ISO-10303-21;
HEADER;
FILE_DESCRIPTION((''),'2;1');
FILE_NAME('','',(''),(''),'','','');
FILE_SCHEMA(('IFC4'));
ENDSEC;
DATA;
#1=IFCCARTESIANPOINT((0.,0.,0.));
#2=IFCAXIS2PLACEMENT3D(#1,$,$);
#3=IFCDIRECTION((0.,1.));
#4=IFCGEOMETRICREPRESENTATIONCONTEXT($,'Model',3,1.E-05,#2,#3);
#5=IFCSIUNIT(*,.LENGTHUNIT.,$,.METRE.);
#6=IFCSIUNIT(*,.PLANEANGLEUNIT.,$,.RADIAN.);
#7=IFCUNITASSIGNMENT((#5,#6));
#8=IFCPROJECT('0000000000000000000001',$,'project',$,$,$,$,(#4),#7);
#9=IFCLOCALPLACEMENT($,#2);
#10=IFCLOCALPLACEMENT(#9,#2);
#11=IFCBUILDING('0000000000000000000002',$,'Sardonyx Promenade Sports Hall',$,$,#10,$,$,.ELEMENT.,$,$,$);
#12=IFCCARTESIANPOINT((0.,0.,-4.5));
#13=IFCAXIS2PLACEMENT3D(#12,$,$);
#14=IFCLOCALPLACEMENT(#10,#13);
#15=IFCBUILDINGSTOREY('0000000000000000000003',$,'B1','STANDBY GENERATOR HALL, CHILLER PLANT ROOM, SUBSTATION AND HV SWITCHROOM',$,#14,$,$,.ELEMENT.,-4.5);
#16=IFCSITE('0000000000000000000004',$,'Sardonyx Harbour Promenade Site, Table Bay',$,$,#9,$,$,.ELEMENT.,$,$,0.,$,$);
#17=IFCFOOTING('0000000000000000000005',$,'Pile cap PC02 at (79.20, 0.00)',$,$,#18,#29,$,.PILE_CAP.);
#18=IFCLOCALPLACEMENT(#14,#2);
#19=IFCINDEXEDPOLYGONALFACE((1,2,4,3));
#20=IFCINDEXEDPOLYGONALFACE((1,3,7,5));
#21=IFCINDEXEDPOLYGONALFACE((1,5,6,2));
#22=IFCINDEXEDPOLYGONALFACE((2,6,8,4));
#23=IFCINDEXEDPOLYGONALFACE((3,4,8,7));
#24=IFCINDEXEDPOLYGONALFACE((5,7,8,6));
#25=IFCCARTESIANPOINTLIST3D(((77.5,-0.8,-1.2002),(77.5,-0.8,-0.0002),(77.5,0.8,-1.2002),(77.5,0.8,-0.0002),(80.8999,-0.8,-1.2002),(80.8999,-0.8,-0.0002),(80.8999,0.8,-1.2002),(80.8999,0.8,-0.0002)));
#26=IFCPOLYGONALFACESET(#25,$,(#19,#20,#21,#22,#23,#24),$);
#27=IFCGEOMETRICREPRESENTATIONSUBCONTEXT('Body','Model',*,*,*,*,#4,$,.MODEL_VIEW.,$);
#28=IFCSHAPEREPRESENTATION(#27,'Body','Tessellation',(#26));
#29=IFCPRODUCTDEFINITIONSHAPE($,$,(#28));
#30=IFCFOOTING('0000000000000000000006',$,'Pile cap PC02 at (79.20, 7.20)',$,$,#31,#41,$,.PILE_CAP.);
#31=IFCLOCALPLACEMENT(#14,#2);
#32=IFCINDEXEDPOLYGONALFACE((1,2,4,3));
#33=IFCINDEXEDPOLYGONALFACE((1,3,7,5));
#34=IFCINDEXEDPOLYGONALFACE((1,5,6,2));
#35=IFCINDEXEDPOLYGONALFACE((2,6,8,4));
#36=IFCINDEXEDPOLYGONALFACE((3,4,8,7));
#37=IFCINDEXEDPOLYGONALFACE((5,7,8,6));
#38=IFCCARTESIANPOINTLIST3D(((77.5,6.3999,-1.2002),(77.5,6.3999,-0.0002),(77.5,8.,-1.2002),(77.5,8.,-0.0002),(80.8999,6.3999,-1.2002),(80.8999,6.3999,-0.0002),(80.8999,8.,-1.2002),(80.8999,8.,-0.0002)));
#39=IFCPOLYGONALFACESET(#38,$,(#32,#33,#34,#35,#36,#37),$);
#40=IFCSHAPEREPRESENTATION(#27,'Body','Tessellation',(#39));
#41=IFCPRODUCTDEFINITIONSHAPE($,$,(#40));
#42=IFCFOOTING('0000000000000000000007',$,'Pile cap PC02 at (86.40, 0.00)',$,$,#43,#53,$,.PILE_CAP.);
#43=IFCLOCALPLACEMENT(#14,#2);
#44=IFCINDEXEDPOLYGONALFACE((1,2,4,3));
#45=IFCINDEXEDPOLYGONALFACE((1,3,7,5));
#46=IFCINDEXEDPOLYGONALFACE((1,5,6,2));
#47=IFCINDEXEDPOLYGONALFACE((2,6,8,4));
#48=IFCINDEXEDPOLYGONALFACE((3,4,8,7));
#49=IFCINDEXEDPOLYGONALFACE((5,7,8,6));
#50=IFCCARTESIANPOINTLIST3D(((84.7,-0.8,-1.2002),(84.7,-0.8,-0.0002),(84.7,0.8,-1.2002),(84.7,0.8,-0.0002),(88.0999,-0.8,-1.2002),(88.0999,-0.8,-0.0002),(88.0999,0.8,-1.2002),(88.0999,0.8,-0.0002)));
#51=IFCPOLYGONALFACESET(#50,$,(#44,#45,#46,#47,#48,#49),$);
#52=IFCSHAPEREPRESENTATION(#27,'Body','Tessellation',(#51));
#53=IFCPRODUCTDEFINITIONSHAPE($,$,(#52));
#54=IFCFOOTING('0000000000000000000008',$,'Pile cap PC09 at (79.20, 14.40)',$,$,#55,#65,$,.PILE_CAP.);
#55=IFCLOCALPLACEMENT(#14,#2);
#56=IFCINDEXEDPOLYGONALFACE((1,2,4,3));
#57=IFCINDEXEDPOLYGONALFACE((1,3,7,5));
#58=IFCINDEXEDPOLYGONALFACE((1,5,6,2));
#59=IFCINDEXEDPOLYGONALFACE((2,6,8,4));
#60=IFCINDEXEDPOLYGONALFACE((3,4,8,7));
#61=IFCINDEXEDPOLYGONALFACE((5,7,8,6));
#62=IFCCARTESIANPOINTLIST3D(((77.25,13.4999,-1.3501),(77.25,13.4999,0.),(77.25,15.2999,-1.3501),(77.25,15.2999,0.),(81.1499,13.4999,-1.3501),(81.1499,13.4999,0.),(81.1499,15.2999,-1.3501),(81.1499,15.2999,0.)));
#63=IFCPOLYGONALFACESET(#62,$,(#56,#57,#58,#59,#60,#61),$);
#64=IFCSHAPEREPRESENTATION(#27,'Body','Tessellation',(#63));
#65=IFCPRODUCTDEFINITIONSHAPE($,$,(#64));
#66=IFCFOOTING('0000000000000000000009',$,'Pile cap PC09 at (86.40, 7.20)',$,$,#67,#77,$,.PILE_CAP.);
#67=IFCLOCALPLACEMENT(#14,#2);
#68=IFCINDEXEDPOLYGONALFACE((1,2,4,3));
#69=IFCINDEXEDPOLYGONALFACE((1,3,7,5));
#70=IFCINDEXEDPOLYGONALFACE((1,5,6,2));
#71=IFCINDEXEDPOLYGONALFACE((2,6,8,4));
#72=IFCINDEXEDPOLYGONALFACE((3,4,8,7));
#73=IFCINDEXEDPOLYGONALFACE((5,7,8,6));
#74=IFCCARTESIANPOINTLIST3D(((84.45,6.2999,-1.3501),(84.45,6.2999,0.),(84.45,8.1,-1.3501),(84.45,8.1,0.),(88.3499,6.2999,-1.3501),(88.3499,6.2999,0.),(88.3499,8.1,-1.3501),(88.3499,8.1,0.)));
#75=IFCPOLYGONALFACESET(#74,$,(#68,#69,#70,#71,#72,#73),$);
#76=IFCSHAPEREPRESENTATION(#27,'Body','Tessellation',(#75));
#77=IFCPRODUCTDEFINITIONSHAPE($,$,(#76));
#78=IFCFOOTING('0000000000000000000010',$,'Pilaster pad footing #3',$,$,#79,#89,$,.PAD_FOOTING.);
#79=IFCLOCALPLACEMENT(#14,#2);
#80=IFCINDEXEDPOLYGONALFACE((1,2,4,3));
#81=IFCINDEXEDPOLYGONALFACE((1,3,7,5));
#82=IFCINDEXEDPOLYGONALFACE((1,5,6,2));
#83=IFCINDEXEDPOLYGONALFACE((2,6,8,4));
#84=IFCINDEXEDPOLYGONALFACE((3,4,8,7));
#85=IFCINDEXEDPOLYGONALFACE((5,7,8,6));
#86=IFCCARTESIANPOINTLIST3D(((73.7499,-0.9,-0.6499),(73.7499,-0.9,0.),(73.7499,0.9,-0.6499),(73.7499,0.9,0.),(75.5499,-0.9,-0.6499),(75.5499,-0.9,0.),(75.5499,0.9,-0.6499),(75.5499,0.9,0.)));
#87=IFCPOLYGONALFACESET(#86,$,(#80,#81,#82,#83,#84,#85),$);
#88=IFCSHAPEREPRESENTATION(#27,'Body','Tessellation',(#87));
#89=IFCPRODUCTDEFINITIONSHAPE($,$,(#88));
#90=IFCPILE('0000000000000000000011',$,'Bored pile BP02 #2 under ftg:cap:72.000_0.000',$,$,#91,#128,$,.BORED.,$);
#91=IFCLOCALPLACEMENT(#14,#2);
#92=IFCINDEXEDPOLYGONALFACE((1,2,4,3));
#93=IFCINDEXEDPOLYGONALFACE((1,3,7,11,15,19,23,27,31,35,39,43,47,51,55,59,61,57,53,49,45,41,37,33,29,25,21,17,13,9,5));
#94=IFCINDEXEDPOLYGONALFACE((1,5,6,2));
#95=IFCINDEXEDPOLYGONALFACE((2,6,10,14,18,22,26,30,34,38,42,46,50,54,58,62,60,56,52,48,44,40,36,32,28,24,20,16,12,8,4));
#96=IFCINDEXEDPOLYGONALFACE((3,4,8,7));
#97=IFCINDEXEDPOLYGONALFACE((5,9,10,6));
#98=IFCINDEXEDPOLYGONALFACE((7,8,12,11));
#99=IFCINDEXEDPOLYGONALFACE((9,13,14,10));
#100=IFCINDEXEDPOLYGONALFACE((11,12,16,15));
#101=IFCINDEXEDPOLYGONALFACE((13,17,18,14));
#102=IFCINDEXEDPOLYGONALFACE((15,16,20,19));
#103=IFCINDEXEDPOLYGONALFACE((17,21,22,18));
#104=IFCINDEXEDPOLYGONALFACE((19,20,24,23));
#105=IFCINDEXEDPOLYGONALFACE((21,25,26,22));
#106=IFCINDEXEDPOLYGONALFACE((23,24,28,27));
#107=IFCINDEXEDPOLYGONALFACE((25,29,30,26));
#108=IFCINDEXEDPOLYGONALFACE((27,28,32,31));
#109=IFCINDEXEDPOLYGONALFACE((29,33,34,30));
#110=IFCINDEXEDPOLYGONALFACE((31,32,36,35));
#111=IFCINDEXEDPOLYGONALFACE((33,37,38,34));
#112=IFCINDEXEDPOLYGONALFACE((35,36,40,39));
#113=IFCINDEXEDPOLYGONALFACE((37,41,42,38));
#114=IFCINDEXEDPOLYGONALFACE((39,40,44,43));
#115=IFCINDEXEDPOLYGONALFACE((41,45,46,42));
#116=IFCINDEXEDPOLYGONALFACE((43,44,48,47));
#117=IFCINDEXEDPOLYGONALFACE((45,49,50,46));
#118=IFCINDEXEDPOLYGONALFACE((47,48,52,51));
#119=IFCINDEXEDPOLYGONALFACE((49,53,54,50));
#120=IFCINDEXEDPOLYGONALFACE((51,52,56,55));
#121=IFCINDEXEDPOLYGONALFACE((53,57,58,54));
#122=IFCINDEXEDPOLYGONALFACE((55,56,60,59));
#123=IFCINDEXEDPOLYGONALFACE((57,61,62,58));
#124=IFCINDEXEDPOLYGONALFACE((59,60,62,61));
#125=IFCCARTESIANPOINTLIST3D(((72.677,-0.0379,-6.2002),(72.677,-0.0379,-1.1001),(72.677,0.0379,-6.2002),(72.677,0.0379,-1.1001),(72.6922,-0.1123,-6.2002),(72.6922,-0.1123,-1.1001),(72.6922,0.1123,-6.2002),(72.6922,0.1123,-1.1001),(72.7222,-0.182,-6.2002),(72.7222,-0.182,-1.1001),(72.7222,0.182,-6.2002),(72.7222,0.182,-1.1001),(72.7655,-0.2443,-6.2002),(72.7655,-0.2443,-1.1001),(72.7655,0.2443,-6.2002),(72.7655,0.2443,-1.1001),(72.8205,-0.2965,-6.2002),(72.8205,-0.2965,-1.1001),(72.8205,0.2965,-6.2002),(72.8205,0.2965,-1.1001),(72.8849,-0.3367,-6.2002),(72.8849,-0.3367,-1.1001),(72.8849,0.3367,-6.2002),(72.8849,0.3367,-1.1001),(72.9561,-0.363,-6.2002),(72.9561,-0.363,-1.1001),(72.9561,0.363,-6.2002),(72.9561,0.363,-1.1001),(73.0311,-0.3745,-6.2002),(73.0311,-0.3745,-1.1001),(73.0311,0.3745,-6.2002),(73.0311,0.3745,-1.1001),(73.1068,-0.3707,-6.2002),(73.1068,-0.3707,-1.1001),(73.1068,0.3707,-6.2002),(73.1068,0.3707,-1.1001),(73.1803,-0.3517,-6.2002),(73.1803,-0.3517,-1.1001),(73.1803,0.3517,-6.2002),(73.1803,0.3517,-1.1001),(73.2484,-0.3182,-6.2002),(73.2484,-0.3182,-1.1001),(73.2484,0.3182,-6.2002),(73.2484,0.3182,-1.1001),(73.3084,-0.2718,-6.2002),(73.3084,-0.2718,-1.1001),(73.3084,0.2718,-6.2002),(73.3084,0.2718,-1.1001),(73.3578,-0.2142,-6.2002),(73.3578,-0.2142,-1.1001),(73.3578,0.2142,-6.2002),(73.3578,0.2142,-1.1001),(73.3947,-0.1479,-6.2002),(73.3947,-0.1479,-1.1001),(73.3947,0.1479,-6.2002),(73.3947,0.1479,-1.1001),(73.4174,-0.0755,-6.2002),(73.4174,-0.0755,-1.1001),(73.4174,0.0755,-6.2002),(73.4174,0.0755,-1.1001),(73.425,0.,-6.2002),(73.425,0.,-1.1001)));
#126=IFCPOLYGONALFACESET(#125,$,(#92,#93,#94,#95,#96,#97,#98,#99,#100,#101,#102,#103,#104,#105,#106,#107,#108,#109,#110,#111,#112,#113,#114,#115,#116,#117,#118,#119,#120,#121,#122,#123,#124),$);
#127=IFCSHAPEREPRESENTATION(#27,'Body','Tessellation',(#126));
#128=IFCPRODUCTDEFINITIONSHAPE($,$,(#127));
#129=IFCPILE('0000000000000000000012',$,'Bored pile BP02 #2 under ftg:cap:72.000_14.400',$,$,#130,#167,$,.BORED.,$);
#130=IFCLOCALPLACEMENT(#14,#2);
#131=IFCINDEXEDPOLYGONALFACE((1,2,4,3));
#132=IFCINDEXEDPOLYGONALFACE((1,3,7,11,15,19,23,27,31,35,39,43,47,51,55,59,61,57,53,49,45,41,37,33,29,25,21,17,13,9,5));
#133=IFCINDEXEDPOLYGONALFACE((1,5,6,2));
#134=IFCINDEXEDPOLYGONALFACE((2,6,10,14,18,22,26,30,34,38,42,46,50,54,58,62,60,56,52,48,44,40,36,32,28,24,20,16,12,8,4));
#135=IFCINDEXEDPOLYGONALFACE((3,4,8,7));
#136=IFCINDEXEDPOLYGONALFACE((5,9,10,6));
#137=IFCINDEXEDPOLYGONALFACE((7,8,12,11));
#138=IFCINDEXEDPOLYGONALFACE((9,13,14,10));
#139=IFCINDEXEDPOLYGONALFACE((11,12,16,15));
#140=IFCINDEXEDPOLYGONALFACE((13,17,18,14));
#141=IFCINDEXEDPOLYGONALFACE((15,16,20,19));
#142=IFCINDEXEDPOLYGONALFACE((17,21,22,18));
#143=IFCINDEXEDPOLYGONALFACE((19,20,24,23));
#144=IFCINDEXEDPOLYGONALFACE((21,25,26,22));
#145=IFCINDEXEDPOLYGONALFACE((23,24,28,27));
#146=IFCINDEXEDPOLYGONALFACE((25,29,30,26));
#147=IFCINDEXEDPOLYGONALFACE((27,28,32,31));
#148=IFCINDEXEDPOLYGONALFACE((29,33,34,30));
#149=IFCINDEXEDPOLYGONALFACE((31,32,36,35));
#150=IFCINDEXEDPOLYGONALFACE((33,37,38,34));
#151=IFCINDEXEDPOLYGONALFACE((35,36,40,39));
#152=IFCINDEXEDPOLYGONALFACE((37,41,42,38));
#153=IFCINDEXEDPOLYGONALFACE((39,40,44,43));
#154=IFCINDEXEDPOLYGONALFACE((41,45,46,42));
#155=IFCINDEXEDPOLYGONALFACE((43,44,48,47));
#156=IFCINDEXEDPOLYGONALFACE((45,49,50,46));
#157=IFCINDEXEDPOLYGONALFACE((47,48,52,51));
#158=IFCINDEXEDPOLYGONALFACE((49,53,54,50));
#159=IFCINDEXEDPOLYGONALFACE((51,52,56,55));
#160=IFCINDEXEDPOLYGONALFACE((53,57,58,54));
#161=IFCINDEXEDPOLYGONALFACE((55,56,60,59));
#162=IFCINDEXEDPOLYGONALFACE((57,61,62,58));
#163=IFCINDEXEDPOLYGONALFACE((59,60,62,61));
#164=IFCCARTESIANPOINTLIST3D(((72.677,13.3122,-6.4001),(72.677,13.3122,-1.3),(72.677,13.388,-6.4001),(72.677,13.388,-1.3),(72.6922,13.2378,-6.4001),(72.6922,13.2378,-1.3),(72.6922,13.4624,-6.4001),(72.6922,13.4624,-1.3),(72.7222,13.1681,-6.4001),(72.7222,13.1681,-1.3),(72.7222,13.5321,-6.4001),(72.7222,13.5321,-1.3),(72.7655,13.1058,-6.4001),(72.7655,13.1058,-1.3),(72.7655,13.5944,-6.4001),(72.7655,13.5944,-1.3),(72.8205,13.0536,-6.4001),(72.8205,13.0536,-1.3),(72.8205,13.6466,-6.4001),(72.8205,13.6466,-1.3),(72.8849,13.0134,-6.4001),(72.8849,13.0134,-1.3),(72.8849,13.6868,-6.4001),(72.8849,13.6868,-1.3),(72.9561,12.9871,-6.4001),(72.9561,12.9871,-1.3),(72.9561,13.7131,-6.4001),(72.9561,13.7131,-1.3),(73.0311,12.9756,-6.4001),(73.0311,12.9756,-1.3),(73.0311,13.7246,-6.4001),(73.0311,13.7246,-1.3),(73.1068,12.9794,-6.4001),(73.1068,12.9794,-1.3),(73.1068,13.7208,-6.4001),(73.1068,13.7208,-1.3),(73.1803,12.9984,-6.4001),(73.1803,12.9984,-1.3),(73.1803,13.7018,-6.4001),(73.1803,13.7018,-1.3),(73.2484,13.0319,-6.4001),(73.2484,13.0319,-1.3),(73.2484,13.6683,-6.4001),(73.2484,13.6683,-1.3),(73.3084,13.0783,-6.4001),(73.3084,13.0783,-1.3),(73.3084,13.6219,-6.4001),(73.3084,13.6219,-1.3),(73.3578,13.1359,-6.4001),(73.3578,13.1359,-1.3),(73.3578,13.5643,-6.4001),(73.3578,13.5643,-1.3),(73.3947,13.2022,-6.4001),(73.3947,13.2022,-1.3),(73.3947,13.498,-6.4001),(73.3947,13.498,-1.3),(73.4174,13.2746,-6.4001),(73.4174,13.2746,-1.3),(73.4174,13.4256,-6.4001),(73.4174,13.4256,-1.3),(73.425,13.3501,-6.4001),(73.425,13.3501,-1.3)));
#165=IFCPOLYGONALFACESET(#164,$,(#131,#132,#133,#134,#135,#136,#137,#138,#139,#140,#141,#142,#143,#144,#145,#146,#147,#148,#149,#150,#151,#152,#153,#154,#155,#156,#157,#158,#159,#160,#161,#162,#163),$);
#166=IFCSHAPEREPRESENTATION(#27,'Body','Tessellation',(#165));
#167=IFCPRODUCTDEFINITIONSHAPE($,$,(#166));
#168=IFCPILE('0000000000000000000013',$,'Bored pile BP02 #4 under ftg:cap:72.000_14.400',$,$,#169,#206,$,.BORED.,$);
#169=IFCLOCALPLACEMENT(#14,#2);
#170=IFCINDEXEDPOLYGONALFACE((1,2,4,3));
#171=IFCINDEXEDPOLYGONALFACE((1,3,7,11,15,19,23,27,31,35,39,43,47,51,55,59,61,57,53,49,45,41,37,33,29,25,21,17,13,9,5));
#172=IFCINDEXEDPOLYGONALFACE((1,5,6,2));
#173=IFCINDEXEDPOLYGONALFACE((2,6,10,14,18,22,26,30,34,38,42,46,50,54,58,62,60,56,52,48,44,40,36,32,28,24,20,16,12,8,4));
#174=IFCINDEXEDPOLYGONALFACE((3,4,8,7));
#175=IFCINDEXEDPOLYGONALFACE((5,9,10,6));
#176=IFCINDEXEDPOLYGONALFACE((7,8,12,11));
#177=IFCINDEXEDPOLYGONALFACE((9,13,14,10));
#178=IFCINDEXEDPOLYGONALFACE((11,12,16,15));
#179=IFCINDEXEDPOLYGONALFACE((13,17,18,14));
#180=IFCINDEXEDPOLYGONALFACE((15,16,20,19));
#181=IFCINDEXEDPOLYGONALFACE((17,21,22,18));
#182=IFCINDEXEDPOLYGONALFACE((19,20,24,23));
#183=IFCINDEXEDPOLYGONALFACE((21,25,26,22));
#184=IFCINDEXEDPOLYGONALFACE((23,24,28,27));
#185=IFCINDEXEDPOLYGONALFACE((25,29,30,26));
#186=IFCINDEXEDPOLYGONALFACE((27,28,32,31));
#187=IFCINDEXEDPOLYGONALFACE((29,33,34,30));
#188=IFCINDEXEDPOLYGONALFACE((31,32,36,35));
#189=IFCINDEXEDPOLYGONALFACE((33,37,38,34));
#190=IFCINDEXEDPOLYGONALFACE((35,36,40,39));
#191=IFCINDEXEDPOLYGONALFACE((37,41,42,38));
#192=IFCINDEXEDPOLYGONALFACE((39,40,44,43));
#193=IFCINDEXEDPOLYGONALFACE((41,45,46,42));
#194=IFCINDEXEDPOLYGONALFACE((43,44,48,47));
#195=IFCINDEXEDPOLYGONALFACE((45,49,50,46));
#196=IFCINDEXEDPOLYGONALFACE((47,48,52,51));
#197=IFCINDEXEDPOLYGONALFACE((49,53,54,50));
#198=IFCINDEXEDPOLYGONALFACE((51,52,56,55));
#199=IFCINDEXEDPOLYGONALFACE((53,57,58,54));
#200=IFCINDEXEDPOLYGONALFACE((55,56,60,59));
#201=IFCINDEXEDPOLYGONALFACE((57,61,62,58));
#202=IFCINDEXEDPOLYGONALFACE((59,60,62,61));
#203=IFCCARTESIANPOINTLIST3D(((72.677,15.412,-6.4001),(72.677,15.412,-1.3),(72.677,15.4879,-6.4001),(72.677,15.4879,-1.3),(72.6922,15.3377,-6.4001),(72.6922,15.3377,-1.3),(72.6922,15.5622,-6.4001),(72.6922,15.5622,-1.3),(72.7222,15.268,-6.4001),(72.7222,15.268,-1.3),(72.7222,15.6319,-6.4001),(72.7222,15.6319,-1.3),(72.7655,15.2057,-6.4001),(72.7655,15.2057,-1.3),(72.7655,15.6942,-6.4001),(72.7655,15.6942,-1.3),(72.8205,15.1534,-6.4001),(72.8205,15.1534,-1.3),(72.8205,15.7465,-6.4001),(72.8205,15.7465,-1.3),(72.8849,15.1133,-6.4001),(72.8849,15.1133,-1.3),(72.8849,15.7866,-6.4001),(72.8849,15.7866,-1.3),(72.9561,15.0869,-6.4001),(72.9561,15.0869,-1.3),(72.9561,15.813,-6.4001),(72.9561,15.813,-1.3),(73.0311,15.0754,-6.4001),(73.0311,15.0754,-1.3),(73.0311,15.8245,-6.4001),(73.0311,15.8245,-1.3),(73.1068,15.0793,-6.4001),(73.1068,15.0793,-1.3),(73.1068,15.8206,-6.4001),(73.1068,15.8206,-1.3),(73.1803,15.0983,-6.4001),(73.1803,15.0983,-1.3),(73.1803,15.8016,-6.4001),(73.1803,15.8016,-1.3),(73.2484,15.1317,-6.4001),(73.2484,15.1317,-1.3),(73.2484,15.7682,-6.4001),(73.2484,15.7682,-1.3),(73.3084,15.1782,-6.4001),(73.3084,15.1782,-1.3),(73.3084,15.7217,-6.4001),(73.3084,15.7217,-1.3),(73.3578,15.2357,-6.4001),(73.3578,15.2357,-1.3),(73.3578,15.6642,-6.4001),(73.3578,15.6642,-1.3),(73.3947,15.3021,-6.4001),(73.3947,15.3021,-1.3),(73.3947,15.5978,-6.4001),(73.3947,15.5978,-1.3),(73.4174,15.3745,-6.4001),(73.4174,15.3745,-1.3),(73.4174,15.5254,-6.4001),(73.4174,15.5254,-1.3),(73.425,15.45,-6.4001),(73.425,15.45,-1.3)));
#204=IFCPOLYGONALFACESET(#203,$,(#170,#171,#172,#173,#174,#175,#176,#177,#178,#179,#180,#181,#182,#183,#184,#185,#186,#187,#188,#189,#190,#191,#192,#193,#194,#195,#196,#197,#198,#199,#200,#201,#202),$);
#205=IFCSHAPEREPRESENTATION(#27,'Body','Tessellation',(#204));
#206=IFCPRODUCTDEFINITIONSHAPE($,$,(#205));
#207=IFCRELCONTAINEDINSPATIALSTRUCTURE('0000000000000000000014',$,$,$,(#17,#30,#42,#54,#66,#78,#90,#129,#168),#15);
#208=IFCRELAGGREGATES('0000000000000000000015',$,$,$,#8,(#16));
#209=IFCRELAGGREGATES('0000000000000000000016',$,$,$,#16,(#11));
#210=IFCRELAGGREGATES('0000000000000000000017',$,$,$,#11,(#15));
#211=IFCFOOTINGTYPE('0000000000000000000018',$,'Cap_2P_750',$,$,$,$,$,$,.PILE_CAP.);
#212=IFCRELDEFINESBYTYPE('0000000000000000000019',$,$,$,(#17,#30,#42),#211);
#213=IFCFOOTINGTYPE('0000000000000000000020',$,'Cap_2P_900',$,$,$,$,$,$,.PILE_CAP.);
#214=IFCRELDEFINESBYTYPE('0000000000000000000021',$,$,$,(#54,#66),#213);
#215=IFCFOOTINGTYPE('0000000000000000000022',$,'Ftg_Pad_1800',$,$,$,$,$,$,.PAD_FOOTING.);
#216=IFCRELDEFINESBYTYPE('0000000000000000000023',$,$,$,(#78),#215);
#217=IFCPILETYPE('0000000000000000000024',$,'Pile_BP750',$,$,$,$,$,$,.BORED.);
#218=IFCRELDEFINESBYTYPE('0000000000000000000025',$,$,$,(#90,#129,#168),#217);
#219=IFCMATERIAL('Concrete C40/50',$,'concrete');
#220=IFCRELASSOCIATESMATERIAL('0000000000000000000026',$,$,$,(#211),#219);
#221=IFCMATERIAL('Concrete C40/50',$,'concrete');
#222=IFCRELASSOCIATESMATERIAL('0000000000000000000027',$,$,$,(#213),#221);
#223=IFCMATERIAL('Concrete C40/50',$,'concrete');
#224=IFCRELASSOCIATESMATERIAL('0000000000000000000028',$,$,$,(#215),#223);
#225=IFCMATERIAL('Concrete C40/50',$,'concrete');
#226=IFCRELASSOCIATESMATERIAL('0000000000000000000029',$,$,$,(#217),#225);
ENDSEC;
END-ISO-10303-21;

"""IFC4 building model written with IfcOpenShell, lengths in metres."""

from ifc_helpers import new_model, si_unit, direction, frame, origin, origin_2d, place, context, subcontext, project, spatial, rectangle, circle, extrude, material, material_profile, profile_set, type_object, element, save


model = new_model("IFC4")

# Units and contexts
model_context = context("Model", 3, precision=1e-05, world=origin(), true_north=direction((0.0, 1.0)))
body_context = subcontext(model_context, "Body", "Model", "MODEL_VIEW")
ifc_project = project(units=[si_unit("LENGTHUNIT", "METRE"), si_unit("PLANEANGLEUNIT", "RADIAN")], contexts=[model_context])

# Site, building, storey
site_placement = place(None, origin())
site = spatial("IfcSite", under=ifc_project, at=site_placement, Name="Sardonyx Harbour Promenade Site, Table Bay", CompositionType="ELEMENT", RefElevation=0.0)
building_placement = place(site_placement, origin())
building = spatial("IfcBuilding", under=site, at=building_placement, Name="Sardonyx Promenade Sports Hall", CompositionType="ELEMENT")
storey_placement = place(building_placement, frame((0.0, 0.0, -4.5)))
storey = spatial("IfcBuildingStorey", under=building, at=storey_placement, Name="B1", Description="STANDBY GENERATOR HALL, CHILLER PLANT ROOM, SUBSTATION AND HV SWITCHROOM", CompositionType="ELEMENT", Elevation=-4.5)

# Footings
ifc_material_1 = material(Name="Concrete C40/50", Category="concrete")
footing_type_1 = type_object("IfcFootingType", Name="Cap_2P_750", PredefinedType="PILE_CAP", material=ifc_material_1)
for number, where, z_axis, x_axis, name in (
    (1, (79.2, 0.0, -1.2002), (0.0, 0.0, 1.0), (1.0, 0.0, 0.0), "Pile cap PC02 at (79.20, 0.00)"),
    (2, (79.2, 7.2, -1.2002), (0.0, 0.0, 1.0), (1.0, 0.0, 0.0), "Pile cap PC02 at (79.20, 7.20)"),
    (3, (86.3999, 0.0, -1.2002), (0.0, 0.0, 1.0), (1.0, 0.0, 0.0), "Pile cap PC02 at (86.40, 0.00)"),
):
    element("IfcFooting", number, at=place(storey_placement, frame(where, z_axis=z_axis, x_axis=x_axis)), inside=storey, type_object=footing_type_1, Name=name, PredefinedType="PILE_CAP", context=body_context, shape_type="SweptSolid", body=[
        extrude(rectangle(XDim=3.3999, YDim=1.6001, at=origin_2d()), origin(), (0.0, 0.0, 1.0), 1.2),
    ])
ifc_material_2 = material(Name="Concrete C40/50", Category="concrete")
footing_type_2 = type_object("IfcFootingType", Name="Cap_2P_900", PredefinedType="PILE_CAP", material=ifc_material_2)
for number, where, z_axis, x_axis, name in (
    (4, (79.2, 14.3999, -1.3501), (0.0, 0.0, 1.0), (1.0, 0.0, 0.0), "Pile cap PC09 at (79.20, 14.40)"),
    (5, (86.3999, 7.2, -1.3501), (0.0, 0.0, 1.0), (1.0, 0.0, 0.0), "Pile cap PC09 at (86.40, 7.20)"),
):
    element("IfcFooting", number, at=place(storey_placement, frame(where, z_axis=z_axis, x_axis=x_axis)), inside=storey, type_object=footing_type_2, Name=name, PredefinedType="PILE_CAP", context=body_context, shape_type="SweptSolid", body=[
        extrude(rectangle(XDim=3.8999, YDim=1.8, at=origin_2d()), origin(), (0.0, 0.0, 1.0), 1.3501),
    ])
ifc_material_3 = material(Name="Concrete C40/50", Category="concrete")
footing_type_3 = type_object("IfcFootingType", Name="Ftg_Pad_1800", PredefinedType="PAD_FOOTING", material=ifc_material_3)
footing_placement = place(storey_placement, frame((74.6499, 0.0, -0.6499), z_axis=(0.0, 0.0, 1.0), x_axis=(1.0, 0.0, 0.0)))
element("IfcFooting", 6, at=footing_placement, inside=storey, type_object=footing_type_3, Name="Pilaster pad footing #3", PredefinedType="PAD_FOOTING", context=body_context, shape_type="SweptSolid", body=[
    extrude(rectangle(XDim=1.8, YDim=1.8, at=origin_2d()), origin(), (0.0, 0.0, 1.0), 0.6499),
])

# Piles
ifc_material_4 = material(Name="Concrete C40/50", Category="concrete")
ifc_material_profile_1 = material_profile(ifc_material_4, circle(Radius=0.375, at=origin_2d()))
ifc_profile_set_1 = profile_set([ifc_material_profile_1], Name="Concrete C40/50")
pile_type_1 = type_object("IfcPileType", Name="Pile_BP750", PredefinedType="BORED", material=ifc_profile_set_1)
for number, where, z_axis, x_axis, name in (
    (7, (73.05, 0.0, -1.1001), (0.0, 0.0, -1.0), (1.0, 0.0, 0.0), "Bored pile BP02 #2 under ftg:cap:72.000_0.000"),
    (8, (73.05, 13.3501, -1.3), (0.0, 0.0, -1.0), (1.0, 0.0, 0.0), "Bored pile BP02 #2 under ftg:cap:72.000_14.400"),
    (9, (73.05, 15.45, -1.3), (0.0, 0.0, -1.0), (1.0, 0.0, 0.0), "Bored pile BP02 #4 under ftg:cap:72.000_14.400"),
):
    element("IfcPile", number, at=place(storey_placement, frame(where, z_axis=z_axis, x_axis=x_axis)), inside=storey, type_object=pile_type_1, Name=name, PredefinedType="BORED", context=body_context, shape_type="SweptSolid", body=[
        extrude(circle(Radius=0.375, at=origin_2d()), origin(), (0.0, 0.0, 1.0), 5.1001),
    ])

save(model, "model.ifc")
